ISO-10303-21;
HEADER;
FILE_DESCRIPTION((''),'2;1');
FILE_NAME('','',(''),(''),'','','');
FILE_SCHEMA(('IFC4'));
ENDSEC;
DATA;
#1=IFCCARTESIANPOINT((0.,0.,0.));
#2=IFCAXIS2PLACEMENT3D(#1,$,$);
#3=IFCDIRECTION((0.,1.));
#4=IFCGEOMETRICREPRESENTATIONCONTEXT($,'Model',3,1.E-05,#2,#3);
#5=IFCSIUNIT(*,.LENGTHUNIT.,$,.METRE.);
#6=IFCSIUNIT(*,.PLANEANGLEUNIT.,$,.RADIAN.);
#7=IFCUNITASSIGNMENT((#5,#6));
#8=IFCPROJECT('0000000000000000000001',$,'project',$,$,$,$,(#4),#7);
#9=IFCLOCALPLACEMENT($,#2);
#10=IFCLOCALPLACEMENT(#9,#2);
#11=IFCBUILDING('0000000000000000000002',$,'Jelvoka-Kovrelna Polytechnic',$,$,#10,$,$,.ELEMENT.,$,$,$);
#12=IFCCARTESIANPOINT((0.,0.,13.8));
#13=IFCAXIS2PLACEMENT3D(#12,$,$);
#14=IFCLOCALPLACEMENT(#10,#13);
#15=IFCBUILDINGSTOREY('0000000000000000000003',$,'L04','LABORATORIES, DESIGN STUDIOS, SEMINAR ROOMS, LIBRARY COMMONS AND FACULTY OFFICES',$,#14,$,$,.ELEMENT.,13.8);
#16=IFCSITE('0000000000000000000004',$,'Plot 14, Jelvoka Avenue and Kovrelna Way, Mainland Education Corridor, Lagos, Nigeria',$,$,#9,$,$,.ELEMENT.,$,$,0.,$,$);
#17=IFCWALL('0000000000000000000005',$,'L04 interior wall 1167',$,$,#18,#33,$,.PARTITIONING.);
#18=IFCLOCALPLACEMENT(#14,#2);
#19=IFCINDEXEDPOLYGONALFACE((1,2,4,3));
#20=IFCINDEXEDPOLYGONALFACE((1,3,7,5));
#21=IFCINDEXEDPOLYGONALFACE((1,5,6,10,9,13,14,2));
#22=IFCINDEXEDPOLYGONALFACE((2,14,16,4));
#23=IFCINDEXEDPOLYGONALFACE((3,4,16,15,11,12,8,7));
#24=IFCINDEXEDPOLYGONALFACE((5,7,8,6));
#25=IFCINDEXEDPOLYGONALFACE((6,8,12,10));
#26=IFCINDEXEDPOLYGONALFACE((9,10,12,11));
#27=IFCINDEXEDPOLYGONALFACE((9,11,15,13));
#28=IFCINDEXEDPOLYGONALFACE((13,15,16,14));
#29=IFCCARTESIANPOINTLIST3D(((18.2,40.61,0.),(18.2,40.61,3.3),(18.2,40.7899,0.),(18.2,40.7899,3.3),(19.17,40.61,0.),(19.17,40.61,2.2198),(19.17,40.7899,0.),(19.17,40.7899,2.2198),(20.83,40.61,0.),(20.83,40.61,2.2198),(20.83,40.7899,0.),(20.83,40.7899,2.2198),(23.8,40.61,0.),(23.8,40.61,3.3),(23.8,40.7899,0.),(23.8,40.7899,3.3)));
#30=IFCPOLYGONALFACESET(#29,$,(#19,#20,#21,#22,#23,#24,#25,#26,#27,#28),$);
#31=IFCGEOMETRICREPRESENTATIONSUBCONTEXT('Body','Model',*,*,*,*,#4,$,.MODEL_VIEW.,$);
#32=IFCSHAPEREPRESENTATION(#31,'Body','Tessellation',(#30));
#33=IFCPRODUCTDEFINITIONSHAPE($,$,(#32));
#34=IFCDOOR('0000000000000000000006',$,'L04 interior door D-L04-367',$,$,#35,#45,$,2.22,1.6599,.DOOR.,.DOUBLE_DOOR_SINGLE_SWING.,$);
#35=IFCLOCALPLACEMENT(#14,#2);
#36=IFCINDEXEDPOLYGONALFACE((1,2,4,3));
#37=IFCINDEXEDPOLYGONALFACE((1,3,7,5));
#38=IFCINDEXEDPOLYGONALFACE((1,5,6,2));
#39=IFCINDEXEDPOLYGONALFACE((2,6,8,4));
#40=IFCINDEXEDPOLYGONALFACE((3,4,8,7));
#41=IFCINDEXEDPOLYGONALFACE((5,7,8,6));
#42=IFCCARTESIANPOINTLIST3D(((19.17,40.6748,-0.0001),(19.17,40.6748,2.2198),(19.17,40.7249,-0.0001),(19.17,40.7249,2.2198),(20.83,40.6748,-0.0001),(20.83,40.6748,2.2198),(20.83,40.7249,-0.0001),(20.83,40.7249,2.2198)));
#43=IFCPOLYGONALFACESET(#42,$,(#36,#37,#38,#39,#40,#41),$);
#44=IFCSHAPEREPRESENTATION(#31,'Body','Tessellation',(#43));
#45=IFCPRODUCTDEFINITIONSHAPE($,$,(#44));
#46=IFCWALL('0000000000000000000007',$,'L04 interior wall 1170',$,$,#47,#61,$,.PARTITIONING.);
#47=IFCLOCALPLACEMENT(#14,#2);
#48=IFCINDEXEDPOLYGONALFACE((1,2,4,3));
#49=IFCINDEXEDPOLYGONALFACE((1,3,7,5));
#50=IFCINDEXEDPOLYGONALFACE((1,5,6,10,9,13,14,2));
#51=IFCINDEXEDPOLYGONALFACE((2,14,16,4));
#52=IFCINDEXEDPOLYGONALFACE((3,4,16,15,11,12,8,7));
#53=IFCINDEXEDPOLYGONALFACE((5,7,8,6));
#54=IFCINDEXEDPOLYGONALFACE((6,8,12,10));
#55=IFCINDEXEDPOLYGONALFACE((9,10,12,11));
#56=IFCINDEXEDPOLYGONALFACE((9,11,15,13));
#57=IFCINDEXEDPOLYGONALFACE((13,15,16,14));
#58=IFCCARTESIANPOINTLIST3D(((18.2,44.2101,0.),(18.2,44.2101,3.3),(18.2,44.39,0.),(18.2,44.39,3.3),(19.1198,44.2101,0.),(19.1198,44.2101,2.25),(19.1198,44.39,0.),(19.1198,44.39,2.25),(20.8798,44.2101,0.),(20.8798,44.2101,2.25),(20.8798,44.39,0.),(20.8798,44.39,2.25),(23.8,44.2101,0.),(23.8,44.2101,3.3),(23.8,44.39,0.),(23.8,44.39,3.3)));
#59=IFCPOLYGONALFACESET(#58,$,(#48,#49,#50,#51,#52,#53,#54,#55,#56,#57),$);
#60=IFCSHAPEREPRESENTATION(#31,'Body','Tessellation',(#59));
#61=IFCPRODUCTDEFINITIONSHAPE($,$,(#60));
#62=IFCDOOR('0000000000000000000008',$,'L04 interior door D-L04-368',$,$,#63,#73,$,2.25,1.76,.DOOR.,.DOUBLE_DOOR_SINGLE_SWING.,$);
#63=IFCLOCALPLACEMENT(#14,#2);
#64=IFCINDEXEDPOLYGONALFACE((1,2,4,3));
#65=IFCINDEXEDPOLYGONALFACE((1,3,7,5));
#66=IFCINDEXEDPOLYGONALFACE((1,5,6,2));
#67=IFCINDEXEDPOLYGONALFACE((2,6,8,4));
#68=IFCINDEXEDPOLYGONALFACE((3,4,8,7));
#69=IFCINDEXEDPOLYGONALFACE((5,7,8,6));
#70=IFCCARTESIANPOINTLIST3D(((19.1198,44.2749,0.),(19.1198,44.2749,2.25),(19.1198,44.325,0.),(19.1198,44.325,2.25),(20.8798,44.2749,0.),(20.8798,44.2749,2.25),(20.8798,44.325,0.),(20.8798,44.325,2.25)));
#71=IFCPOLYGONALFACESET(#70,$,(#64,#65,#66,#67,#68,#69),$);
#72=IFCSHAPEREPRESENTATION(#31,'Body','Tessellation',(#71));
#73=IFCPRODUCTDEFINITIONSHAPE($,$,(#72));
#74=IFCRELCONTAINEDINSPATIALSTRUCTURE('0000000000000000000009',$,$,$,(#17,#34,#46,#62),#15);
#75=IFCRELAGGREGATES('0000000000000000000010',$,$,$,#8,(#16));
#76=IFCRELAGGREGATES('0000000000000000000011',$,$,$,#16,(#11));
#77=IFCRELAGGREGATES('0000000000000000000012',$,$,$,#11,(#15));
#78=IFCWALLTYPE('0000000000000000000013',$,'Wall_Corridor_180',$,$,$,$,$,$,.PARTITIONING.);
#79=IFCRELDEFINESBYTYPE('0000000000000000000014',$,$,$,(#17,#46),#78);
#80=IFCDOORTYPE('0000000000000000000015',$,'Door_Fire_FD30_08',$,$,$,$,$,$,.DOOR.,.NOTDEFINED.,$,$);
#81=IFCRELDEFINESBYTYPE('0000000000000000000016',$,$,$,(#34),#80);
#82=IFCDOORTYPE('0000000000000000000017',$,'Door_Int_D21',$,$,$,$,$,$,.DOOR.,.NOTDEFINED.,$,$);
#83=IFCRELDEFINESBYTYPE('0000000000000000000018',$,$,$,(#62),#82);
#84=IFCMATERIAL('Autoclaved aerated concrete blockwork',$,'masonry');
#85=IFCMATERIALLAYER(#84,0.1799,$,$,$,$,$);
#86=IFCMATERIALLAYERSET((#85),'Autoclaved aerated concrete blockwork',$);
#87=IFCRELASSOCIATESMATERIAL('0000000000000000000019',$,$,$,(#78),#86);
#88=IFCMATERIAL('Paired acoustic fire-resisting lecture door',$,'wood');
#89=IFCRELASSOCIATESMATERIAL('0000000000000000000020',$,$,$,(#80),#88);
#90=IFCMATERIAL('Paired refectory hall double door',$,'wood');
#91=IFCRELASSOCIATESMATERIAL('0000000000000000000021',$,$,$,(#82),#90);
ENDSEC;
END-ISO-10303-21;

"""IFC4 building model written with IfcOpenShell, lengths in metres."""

from ifc_helpers import new_model, si_unit, direction, frame, frame_2d, origin, place, context, subcontext, project, spatial, rectangle, extrude, material, layer, layer_set, type_object, element, fill, save


model = new_model("IFC4")

# Units and contexts
model_context = context("Model", 3, precision=1e-05, world=origin(), true_north=direction((0.0, 1.0)))
body_context = subcontext(model_context, "Body", "Model", "MODEL_VIEW")
ifc_project = project(units=[si_unit("LENGTHUNIT", "METRE"), si_unit("PLANEANGLEUNIT", "RADIAN")], contexts=[model_context])

# Site, building, storey
site_placement = place(None, origin())
site = spatial("IfcSite", under=ifc_project, at=site_placement, Name="Plot 14, Jelvoka Avenue and Kovrelna Way, Mainland Education Corridor, Lagos, Nigeria", CompositionType="ELEMENT", RefElevation=0.0)
building_placement = place(site_placement, origin())
building = spatial("IfcBuilding", under=site, at=building_placement, Name="Jelvoka-Kovrelna Polytechnic", CompositionType="ELEMENT")
storey_placement = place(building_placement, frame((0.0, 0.0, 13.8)))
storey = spatial("IfcBuildingStorey", under=building, at=storey_placement, Name="L04", Description="LABORATORIES, DESIGN STUDIOS, SEMINAR ROOMS, LIBRARY COMMONS AND FACULTY OFFICES", CompositionType="ELEMENT", Elevation=13.8)

# Walls, openings, doors
ifc_material_1 = material(Name="Autoclaved aerated concrete blockwork", Category="masonry")
ifc_layer_1 = layer(ifc_material_1, 0.1799)
ifc_layer_set_1 = layer_set([ifc_layer_1], Name="Autoclaved aerated concrete blockwork")
wall_type = type_object("IfcWallType", Name="Wall_Corridor_180", PredefinedType="PARTITIONING", material=ifc_layer_set_1)
wall_1_placement = place(storey_placement, frame((18.2, 40.7, 0.0), z_axis=(0.0, 0.0, 1.0), x_axis=(1.0, 0.0, 0.0)))
wall_1 = element("IfcWall", 1, at=wall_1_placement, inside=storey, type_object=wall_type, Name="L04 interior wall 1167", PredefinedType="PARTITIONING", context=body_context, shape_type="SweptSolid", body=[
    extrude(rectangle(XDim=5.6001, YDim=0.1799, at=frame_2d((2.8, 0.0))), origin(), (0.0, 0.0, 1.0), 3.3),
])
opening_1_placement = place(wall_1_placement, frame((0.97, 0.0, 0.0)))
opening_1 = element("IfcOpeningElement", 2, at=opening_1_placement, cuts=wall_1, PredefinedType="OPENING", context=body_context, shape_type="SweptSolid", body=[
    extrude(rectangle(XDim=1.6599, YDim=2.22, at=frame_2d((0.8301, 1.1099))), frame((0.0, 0.0999, 0.0), z_axis=(0.0, -1.0, 0.0), x_axis=(1.0, 0.0, 0.0)), (0.0, 0.0, 1.0), 0.2),
])
ifc_material_2 = material(Name="Paired acoustic fire-resisting lecture door", Category="wood")
door_type_1 = type_object("IfcDoorType", Name="Door_Fire_FD30_08", OperationType="NOTDEFINED", PredefinedType="DOOR", material=ifc_material_2)
door_1_placement = place(opening_1_placement, origin())
door_1 = element("IfcDoor", 3, at=door_1_placement, inside=storey, type_object=door_type_1, Name="L04 interior door D-L04-367", OperationType="DOUBLE_DOOR_SINGLE_SWING", OverallHeight=2.22, OverallWidth=1.6599, PredefinedType="DOOR", context=body_context, shape_type="SweptSolid", body=[
    extrude(rectangle(XDim=1.6599, YDim=2.22, at=frame_2d((0.8301, 1.1099))), frame((0.0, 0.0249, 0.0), z_axis=(0.0, -1.0, 0.0), x_axis=(1.0, 0.0, 0.0)), (0.0, 0.0, 1.0), 0.05),
])
fill(opening_1, door_1)
wall_2_placement = place(storey_placement, frame((18.2, 44.3, 0.0), z_axis=(0.0, 0.0, 1.0), x_axis=(1.0, 0.0, 0.0)))
wall_2 = element("IfcWall", 4, at=wall_2_placement, inside=storey, type_object=wall_type, Name="L04 interior wall 1170", PredefinedType="PARTITIONING", context=body_context, shape_type="SweptSolid", body=[
    extrude(rectangle(XDim=5.6001, YDim=0.1799, at=frame_2d((2.8, 0.0))), origin(), (0.0, 0.0, 1.0), 3.3),
])
opening_2_placement = place(wall_2_placement, frame((0.9199, 0.0, 0.0)))
opening_2 = element("IfcOpeningElement", 5, at=opening_2_placement, cuts=wall_2, PredefinedType="OPENING", context=body_context, shape_type="SweptSolid", body=[
    extrude(rectangle(XDim=1.76, YDim=2.25, at=frame_2d((0.8799, 1.125))), frame((0.0, 0.0999, 0.0), z_axis=(0.0, -1.0, 0.0), x_axis=(1.0, 0.0, 0.0)), (0.0, 0.0, 1.0), 0.2),
])
ifc_material_3 = material(Name="Paired refectory hall double door", Category="wood")
door_type_2 = type_object("IfcDoorType", Name="Door_Int_D21", OperationType="NOTDEFINED", PredefinedType="DOOR", material=ifc_material_3)
door_2_placement = place(opening_2_placement, origin())
door_2 = element("IfcDoor", 6, at=door_2_placement, inside=storey, type_object=door_type_2, Name="L04 interior door D-L04-368", OperationType="DOUBLE_DOOR_SINGLE_SWING", OverallHeight=2.25, OverallWidth=1.76, PredefinedType="DOOR", context=body_context, shape_type="SweptSolid", body=[
    extrude(rectangle(XDim=1.76, YDim=2.25, at=frame_2d((0.8799, 1.125))), frame((0.0, 0.0249, 0.0), z_axis=(0.0, -1.0, 0.0), x_axis=(1.0, 0.0, 0.0)), (0.0, 0.0, 1.0), 0.05),
])
fill(opening_2, door_2)

save(model, "model.ifc")
